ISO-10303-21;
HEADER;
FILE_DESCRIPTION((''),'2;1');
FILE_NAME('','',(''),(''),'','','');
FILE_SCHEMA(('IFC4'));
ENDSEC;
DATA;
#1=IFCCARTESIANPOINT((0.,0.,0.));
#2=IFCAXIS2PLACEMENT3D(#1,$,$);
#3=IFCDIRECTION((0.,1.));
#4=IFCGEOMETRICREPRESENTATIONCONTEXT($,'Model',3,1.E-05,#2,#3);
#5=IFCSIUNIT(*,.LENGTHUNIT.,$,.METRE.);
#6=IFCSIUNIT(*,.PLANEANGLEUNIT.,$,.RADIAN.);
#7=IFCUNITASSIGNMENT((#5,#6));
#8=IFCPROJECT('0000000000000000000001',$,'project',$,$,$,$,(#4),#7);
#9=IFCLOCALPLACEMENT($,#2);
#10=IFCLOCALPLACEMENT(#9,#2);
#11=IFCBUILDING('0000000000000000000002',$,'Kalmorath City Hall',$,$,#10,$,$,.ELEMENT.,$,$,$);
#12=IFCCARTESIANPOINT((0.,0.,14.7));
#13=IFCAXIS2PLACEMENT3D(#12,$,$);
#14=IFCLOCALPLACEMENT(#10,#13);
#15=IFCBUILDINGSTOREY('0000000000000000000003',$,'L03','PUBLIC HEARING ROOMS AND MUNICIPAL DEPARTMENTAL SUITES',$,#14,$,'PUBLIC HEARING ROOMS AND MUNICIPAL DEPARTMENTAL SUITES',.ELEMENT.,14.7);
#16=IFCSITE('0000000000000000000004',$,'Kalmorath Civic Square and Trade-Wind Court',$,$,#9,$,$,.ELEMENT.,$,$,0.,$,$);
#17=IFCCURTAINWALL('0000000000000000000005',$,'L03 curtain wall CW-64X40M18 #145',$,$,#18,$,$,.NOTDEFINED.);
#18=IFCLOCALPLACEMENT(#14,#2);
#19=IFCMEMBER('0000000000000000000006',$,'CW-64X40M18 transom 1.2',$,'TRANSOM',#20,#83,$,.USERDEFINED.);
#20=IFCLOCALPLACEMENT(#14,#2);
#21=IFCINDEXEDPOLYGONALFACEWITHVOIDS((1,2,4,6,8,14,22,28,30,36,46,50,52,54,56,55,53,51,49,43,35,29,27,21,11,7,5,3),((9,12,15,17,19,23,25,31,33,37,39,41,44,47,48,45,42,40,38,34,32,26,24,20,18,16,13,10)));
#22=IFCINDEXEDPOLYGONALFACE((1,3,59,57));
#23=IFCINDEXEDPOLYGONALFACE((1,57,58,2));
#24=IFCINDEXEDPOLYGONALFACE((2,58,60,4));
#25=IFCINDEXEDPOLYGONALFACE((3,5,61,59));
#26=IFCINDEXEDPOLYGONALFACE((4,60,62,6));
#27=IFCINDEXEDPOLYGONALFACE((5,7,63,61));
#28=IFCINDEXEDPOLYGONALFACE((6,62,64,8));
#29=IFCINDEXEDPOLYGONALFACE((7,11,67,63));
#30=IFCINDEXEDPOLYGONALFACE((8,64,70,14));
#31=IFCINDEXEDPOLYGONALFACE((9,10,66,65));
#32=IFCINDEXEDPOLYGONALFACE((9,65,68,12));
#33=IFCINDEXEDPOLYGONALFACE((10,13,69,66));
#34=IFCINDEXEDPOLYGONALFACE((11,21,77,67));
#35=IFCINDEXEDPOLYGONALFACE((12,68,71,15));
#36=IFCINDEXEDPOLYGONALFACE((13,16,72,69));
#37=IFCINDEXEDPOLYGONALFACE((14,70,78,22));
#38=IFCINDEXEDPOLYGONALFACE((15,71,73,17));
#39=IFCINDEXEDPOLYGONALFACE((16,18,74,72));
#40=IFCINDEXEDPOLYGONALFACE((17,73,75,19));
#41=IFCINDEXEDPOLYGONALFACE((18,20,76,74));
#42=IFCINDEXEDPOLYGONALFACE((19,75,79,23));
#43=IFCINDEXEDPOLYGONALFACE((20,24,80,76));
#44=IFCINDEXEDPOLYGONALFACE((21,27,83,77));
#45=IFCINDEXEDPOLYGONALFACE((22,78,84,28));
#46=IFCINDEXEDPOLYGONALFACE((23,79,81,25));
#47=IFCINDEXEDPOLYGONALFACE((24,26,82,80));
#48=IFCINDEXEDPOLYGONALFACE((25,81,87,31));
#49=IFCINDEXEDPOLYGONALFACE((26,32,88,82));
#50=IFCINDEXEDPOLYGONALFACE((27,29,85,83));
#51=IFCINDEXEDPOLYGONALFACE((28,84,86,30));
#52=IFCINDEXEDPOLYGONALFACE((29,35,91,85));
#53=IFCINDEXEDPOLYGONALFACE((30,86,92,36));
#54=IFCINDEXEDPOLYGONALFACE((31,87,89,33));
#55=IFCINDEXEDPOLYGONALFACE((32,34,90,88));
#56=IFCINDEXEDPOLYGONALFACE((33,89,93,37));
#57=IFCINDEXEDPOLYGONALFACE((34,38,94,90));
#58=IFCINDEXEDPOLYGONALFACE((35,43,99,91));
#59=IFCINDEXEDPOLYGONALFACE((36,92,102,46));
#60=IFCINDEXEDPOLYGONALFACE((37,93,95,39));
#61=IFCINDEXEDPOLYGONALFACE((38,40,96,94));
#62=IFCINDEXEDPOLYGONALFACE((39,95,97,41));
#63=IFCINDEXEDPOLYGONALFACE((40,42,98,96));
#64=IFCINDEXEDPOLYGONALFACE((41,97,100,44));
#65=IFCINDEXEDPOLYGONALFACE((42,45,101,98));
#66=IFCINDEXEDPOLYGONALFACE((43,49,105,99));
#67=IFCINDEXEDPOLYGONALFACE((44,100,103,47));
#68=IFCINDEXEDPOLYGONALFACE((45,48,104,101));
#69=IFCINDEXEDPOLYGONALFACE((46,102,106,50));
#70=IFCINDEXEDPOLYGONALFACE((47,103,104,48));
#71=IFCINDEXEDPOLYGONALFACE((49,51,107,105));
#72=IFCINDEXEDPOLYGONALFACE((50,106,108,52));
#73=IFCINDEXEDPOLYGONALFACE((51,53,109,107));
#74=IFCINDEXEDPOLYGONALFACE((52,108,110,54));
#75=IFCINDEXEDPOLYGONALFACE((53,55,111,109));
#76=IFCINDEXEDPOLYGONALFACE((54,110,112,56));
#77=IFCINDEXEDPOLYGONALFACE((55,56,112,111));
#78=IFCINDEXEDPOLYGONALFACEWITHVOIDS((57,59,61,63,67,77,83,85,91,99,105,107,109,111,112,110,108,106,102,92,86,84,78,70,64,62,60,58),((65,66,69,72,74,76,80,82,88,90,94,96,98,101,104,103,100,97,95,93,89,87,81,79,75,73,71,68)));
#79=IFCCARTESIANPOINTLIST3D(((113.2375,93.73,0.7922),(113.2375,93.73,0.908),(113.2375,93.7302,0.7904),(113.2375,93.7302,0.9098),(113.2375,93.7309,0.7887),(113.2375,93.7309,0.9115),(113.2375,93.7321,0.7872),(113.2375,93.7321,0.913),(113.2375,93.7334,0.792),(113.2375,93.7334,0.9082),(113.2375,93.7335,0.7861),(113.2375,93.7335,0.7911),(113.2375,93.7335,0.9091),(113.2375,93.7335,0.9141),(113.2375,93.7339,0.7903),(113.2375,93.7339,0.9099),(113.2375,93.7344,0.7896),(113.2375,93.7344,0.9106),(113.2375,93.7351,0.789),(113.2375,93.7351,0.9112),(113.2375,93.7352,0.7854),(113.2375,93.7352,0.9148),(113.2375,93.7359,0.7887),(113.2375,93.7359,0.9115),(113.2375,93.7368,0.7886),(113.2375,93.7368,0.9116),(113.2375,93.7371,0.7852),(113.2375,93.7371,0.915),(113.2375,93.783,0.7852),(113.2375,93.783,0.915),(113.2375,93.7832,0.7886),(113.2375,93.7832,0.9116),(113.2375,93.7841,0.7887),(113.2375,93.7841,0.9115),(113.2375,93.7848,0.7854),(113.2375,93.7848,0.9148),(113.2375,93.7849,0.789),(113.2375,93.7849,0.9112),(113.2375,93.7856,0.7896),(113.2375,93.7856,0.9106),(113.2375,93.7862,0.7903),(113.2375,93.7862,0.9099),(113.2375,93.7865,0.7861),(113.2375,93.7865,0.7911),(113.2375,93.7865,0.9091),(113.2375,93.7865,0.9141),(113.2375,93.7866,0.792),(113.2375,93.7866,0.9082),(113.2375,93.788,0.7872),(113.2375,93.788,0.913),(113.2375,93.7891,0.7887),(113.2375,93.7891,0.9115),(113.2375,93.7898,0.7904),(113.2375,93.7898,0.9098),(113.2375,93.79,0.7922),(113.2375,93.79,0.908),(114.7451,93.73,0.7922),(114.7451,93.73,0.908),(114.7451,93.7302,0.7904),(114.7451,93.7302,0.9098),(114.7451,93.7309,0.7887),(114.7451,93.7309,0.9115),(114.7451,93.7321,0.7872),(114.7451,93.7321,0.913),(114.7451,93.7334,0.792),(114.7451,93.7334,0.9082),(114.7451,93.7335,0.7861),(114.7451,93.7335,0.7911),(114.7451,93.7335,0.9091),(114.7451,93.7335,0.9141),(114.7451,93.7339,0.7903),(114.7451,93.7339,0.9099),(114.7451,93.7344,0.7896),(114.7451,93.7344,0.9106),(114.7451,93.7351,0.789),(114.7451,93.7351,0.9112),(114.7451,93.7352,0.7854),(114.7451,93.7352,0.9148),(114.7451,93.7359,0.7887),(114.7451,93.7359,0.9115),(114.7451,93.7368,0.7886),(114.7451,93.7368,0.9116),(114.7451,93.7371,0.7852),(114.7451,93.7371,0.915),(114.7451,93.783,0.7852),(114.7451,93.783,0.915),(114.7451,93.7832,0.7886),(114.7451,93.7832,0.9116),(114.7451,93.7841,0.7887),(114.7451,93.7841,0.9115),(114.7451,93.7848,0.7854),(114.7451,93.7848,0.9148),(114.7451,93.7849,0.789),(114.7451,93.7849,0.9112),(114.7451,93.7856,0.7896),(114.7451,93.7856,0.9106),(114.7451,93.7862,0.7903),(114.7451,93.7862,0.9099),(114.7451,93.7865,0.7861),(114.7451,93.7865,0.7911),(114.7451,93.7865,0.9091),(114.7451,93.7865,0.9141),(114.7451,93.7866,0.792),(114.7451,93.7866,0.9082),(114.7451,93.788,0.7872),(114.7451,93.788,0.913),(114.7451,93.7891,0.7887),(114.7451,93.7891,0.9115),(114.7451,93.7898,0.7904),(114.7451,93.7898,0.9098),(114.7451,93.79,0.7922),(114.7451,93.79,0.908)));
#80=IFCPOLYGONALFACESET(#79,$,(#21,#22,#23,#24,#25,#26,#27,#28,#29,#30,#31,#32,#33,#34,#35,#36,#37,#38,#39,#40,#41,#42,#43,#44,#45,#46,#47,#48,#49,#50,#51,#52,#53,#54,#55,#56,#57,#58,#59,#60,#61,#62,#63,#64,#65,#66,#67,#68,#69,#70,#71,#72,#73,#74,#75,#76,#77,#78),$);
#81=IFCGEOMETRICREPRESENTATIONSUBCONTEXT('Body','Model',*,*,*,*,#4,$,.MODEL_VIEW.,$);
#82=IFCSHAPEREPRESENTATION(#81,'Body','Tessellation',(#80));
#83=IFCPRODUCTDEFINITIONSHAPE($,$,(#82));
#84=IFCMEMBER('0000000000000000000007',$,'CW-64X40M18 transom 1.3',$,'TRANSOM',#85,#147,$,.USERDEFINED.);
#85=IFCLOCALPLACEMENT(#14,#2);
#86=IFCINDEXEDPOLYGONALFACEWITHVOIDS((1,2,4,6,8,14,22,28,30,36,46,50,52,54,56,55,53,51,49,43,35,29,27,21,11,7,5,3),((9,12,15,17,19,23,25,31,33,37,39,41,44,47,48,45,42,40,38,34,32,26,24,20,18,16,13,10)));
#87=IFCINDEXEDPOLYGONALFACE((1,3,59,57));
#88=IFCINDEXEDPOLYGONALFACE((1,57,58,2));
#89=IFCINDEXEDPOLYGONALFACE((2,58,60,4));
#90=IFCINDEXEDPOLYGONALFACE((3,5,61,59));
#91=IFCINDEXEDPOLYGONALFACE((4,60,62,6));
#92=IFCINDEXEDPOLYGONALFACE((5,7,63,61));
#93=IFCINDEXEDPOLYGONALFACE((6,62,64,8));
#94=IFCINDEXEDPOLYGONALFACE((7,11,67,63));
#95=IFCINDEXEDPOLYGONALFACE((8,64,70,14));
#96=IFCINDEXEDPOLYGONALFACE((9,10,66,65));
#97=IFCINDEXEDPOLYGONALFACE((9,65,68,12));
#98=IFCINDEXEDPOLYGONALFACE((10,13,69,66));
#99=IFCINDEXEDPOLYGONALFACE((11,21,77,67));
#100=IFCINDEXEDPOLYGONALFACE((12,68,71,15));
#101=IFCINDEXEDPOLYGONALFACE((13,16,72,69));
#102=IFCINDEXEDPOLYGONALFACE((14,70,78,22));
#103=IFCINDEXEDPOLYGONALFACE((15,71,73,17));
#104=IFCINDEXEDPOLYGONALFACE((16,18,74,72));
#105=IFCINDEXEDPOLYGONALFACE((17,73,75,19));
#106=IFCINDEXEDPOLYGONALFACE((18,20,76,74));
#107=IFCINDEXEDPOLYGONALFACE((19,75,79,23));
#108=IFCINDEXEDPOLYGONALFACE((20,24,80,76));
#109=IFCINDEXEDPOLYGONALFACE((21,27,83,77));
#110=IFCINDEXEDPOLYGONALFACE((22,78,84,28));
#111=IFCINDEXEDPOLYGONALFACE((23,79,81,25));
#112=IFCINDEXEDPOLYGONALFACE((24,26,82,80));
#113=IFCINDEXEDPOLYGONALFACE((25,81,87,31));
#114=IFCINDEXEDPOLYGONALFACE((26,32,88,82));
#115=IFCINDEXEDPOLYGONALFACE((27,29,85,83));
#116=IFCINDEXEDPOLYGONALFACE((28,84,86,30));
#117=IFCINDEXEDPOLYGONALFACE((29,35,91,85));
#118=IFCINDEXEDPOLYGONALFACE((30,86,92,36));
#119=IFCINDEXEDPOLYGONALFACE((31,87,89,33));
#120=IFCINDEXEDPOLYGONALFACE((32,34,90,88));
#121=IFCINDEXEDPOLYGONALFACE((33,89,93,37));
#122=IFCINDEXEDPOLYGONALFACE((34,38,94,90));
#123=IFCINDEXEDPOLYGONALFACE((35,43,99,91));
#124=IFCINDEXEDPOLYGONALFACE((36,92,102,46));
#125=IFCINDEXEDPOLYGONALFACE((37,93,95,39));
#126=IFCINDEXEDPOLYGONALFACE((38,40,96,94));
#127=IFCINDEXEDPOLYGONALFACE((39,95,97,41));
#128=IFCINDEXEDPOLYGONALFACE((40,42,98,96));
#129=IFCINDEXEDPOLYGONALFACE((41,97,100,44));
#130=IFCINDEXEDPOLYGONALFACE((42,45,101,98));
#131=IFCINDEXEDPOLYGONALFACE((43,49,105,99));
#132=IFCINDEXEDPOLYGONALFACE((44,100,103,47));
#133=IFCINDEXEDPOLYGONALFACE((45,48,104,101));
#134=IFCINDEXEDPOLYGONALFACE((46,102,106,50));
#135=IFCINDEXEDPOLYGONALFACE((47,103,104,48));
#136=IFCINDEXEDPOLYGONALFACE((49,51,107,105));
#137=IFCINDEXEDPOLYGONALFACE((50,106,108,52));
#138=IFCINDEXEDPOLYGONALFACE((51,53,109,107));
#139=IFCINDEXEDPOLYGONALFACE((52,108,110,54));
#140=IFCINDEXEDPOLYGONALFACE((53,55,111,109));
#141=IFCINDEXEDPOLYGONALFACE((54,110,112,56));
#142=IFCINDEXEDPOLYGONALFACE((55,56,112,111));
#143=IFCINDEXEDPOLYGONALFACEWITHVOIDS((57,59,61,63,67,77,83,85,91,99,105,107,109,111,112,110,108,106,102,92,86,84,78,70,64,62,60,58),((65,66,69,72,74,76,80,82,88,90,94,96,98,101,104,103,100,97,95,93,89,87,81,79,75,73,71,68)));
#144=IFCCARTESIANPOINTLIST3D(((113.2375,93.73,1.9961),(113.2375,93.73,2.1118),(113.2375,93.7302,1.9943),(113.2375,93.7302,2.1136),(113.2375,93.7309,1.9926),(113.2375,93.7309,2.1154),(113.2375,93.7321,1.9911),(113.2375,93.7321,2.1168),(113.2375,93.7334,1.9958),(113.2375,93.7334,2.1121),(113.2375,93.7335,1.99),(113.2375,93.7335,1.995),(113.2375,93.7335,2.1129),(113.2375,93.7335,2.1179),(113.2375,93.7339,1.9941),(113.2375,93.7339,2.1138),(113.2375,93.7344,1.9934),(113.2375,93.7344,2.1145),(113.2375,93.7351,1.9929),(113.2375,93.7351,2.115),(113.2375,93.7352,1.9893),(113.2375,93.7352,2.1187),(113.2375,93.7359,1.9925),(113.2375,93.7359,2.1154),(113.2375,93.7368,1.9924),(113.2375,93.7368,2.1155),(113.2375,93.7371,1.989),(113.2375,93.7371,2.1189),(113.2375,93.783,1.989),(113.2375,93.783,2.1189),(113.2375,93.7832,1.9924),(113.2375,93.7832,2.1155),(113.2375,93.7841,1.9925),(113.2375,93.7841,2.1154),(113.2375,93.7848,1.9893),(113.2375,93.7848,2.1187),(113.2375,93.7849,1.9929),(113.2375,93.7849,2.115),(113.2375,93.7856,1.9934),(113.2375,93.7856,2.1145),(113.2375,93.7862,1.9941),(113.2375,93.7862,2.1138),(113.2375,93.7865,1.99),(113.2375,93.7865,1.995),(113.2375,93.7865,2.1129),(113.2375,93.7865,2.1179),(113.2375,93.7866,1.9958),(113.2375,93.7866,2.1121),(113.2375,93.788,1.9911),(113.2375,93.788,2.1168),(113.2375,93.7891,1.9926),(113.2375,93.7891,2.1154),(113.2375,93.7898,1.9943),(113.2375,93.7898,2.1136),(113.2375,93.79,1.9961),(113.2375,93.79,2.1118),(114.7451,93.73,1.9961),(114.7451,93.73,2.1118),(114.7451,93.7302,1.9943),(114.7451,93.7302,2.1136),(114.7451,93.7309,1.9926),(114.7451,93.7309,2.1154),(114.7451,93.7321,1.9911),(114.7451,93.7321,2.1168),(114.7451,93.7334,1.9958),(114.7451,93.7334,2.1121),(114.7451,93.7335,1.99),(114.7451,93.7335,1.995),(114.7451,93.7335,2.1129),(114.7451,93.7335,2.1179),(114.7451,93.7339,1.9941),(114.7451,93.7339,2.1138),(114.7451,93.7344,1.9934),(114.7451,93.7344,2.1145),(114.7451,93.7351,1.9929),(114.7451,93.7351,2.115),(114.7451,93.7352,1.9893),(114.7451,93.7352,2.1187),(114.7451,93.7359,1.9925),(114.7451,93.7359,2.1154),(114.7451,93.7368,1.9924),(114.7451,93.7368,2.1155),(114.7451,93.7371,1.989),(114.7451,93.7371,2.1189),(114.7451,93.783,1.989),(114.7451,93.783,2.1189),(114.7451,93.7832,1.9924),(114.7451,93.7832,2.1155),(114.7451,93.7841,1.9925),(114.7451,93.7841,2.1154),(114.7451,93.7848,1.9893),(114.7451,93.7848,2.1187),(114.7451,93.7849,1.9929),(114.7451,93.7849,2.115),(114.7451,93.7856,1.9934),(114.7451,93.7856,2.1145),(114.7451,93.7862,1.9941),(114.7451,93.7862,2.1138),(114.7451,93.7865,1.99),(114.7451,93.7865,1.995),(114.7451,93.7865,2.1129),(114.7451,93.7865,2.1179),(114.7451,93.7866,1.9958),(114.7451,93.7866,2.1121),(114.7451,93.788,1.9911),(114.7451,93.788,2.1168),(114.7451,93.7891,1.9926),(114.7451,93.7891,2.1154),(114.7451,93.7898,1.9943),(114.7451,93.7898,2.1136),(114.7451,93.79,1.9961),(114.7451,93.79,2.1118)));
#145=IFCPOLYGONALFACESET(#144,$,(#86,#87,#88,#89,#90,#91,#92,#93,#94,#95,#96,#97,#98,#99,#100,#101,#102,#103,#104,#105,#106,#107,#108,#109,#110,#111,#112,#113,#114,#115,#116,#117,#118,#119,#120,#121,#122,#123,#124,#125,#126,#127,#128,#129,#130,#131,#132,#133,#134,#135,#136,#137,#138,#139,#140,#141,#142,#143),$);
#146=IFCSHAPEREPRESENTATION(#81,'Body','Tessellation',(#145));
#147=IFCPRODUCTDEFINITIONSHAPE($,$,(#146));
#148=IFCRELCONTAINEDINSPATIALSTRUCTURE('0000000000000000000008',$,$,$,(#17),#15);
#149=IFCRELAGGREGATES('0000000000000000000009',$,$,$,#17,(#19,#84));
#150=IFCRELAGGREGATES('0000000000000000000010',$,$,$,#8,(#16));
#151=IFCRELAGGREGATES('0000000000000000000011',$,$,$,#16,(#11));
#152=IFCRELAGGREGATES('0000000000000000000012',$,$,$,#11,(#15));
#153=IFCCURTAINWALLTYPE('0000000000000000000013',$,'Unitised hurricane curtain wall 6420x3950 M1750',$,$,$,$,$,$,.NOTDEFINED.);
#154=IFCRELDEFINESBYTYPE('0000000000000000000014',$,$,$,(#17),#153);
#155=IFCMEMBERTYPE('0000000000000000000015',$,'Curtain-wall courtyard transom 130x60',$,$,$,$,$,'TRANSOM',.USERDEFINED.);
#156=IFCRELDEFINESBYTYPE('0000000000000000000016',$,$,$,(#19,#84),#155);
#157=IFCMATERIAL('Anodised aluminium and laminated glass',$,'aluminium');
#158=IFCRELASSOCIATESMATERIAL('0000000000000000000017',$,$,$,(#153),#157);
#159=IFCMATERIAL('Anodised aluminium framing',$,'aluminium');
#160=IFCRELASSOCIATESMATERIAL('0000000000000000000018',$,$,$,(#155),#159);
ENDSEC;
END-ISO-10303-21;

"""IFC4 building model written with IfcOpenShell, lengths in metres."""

from ifc_helpers import new_model, si_unit, direction, frame, origin, origin_2d, place, context, subcontext, project, spatial, hollow_rectangle, extrude, material, material_profile, profile_set, type_object, element, aggregate, save


model = new_model("IFC4")

# Units and contexts
model_context = context("Model", 3, precision=1e-05, world=origin(), true_north=direction((0.0, 1.0)))
body_context = subcontext(model_context, "Body", "Model", "MODEL_VIEW")
ifc_project = project(units=[si_unit("LENGTHUNIT", "METRE"), si_unit("PLANEANGLEUNIT", "RADIAN")], contexts=[model_context])

# Site, building, storey
site_placement = place(None, origin())
site = spatial("IfcSite", under=ifc_project, at=site_placement, Name="Kalmorath Civic Square and Trade-Wind Court", CompositionType="ELEMENT", RefElevation=0.0)
building_placement = place(site_placement, origin())
building = spatial("IfcBuilding", under=site, at=building_placement, Name="Kalmorath City Hall", CompositionType="ELEMENT")
storey_placement = place(building_placement, frame((0.0, 0.0, 14.7)))
storey = spatial("IfcBuildingStorey", under=building, at=storey_placement, Name="L03", Description="PUBLIC HEARING ROOMS AND MUNICIPAL DEPARTMENTAL SUITES", LongName="PUBLIC HEARING ROOMS AND MUNICIPAL DEPARTMENTAL SUITES", CompositionType="ELEMENT", Elevation=14.7)

# Curtain wall, members
ifc_material_1 = material(Name="Anodised aluminium and laminated glass", Category="aluminium")
curtain_wall_type = type_object("IfcCurtainWallType", Name="Unitised hurricane curtain wall 6420x3950 M1750", PredefinedType="NOTDEFINED", material=ifc_material_1)
curtain_wall_placement = place(storey_placement, origin())
curtain_wall = element("IfcCurtainWall", 1, at=curtain_wall_placement, inside=storey, type_object=curtain_wall_type, Name="L03 curtain wall CW-64X40M18 #145", PredefinedType="NOTDEFINED")
ifc_material_2 = material(Name="Anodised aluminium framing", Category="aluminium")
ifc_material_profile_1 = material_profile(ifc_material_2, hollow_rectangle(XDim=0.0601, YDim=0.1299, WallThickness=0.0034, InnerFilletRadius=0.0034, OuterFilletRadius=0.0071, at=origin_2d()), Name="ALU-TRN-130X60X3.5")
ifc_profile_set_1 = profile_set([ifc_material_profile_1], Name="Anodised aluminium framing")
member_type_1 = type_object("IfcMemberType", Name="Curtain-wall courtyard transom 130x60", ElementType="TRANSOM", PredefinedType="USERDEFINED", material=ifc_profile_set_1)
member_1_placement = place(storey_placement, frame((114.7451, 93.76, 0.8501), z_axis=(-1.0, 0.0, 0.0), x_axis=(0.0, -1.0, 0.0)))
member_1 = element("IfcMember", 2, at=member_1_placement, type_object=member_type_1, Name="CW-64X40M18 transom 1.2", ObjectType="TRANSOM", PredefinedType="USERDEFINED", context=body_context, shape_type="SweptSolid", body=[
    extrude(hollow_rectangle(XDim=0.0601, YDim=0.1299, WallThickness=0.0034, InnerFilletRadius=0.0034, OuterFilletRadius=0.0071, at=origin_2d()), origin(), (0.0, 0.0, 1.0), 1.5076),
])
member_2_placement = place(storey_placement, frame((114.7451, 93.76, 2.054), z_axis=(-1.0, 0.0, 0.0), x_axis=(0.0, -1.0, 0.0)))
member_2 = element("IfcMember", 3, at=member_2_placement, type_object=member_type_1, Name="CW-64X40M18 transom 1.3", ObjectType="TRANSOM", PredefinedType="USERDEFINED", context=body_context, shape_type="SweptSolid", body=[
    extrude(hollow_rectangle(XDim=0.0601, YDim=0.1299, WallThickness=0.0034, InnerFilletRadius=0.0034, OuterFilletRadius=0.0071, at=origin_2d()), origin(), (0.0, 0.0, 1.0), 1.5076),
])

aggregate(curtain_wall, [member_1, member_2])

save(model, "model.ifc")
